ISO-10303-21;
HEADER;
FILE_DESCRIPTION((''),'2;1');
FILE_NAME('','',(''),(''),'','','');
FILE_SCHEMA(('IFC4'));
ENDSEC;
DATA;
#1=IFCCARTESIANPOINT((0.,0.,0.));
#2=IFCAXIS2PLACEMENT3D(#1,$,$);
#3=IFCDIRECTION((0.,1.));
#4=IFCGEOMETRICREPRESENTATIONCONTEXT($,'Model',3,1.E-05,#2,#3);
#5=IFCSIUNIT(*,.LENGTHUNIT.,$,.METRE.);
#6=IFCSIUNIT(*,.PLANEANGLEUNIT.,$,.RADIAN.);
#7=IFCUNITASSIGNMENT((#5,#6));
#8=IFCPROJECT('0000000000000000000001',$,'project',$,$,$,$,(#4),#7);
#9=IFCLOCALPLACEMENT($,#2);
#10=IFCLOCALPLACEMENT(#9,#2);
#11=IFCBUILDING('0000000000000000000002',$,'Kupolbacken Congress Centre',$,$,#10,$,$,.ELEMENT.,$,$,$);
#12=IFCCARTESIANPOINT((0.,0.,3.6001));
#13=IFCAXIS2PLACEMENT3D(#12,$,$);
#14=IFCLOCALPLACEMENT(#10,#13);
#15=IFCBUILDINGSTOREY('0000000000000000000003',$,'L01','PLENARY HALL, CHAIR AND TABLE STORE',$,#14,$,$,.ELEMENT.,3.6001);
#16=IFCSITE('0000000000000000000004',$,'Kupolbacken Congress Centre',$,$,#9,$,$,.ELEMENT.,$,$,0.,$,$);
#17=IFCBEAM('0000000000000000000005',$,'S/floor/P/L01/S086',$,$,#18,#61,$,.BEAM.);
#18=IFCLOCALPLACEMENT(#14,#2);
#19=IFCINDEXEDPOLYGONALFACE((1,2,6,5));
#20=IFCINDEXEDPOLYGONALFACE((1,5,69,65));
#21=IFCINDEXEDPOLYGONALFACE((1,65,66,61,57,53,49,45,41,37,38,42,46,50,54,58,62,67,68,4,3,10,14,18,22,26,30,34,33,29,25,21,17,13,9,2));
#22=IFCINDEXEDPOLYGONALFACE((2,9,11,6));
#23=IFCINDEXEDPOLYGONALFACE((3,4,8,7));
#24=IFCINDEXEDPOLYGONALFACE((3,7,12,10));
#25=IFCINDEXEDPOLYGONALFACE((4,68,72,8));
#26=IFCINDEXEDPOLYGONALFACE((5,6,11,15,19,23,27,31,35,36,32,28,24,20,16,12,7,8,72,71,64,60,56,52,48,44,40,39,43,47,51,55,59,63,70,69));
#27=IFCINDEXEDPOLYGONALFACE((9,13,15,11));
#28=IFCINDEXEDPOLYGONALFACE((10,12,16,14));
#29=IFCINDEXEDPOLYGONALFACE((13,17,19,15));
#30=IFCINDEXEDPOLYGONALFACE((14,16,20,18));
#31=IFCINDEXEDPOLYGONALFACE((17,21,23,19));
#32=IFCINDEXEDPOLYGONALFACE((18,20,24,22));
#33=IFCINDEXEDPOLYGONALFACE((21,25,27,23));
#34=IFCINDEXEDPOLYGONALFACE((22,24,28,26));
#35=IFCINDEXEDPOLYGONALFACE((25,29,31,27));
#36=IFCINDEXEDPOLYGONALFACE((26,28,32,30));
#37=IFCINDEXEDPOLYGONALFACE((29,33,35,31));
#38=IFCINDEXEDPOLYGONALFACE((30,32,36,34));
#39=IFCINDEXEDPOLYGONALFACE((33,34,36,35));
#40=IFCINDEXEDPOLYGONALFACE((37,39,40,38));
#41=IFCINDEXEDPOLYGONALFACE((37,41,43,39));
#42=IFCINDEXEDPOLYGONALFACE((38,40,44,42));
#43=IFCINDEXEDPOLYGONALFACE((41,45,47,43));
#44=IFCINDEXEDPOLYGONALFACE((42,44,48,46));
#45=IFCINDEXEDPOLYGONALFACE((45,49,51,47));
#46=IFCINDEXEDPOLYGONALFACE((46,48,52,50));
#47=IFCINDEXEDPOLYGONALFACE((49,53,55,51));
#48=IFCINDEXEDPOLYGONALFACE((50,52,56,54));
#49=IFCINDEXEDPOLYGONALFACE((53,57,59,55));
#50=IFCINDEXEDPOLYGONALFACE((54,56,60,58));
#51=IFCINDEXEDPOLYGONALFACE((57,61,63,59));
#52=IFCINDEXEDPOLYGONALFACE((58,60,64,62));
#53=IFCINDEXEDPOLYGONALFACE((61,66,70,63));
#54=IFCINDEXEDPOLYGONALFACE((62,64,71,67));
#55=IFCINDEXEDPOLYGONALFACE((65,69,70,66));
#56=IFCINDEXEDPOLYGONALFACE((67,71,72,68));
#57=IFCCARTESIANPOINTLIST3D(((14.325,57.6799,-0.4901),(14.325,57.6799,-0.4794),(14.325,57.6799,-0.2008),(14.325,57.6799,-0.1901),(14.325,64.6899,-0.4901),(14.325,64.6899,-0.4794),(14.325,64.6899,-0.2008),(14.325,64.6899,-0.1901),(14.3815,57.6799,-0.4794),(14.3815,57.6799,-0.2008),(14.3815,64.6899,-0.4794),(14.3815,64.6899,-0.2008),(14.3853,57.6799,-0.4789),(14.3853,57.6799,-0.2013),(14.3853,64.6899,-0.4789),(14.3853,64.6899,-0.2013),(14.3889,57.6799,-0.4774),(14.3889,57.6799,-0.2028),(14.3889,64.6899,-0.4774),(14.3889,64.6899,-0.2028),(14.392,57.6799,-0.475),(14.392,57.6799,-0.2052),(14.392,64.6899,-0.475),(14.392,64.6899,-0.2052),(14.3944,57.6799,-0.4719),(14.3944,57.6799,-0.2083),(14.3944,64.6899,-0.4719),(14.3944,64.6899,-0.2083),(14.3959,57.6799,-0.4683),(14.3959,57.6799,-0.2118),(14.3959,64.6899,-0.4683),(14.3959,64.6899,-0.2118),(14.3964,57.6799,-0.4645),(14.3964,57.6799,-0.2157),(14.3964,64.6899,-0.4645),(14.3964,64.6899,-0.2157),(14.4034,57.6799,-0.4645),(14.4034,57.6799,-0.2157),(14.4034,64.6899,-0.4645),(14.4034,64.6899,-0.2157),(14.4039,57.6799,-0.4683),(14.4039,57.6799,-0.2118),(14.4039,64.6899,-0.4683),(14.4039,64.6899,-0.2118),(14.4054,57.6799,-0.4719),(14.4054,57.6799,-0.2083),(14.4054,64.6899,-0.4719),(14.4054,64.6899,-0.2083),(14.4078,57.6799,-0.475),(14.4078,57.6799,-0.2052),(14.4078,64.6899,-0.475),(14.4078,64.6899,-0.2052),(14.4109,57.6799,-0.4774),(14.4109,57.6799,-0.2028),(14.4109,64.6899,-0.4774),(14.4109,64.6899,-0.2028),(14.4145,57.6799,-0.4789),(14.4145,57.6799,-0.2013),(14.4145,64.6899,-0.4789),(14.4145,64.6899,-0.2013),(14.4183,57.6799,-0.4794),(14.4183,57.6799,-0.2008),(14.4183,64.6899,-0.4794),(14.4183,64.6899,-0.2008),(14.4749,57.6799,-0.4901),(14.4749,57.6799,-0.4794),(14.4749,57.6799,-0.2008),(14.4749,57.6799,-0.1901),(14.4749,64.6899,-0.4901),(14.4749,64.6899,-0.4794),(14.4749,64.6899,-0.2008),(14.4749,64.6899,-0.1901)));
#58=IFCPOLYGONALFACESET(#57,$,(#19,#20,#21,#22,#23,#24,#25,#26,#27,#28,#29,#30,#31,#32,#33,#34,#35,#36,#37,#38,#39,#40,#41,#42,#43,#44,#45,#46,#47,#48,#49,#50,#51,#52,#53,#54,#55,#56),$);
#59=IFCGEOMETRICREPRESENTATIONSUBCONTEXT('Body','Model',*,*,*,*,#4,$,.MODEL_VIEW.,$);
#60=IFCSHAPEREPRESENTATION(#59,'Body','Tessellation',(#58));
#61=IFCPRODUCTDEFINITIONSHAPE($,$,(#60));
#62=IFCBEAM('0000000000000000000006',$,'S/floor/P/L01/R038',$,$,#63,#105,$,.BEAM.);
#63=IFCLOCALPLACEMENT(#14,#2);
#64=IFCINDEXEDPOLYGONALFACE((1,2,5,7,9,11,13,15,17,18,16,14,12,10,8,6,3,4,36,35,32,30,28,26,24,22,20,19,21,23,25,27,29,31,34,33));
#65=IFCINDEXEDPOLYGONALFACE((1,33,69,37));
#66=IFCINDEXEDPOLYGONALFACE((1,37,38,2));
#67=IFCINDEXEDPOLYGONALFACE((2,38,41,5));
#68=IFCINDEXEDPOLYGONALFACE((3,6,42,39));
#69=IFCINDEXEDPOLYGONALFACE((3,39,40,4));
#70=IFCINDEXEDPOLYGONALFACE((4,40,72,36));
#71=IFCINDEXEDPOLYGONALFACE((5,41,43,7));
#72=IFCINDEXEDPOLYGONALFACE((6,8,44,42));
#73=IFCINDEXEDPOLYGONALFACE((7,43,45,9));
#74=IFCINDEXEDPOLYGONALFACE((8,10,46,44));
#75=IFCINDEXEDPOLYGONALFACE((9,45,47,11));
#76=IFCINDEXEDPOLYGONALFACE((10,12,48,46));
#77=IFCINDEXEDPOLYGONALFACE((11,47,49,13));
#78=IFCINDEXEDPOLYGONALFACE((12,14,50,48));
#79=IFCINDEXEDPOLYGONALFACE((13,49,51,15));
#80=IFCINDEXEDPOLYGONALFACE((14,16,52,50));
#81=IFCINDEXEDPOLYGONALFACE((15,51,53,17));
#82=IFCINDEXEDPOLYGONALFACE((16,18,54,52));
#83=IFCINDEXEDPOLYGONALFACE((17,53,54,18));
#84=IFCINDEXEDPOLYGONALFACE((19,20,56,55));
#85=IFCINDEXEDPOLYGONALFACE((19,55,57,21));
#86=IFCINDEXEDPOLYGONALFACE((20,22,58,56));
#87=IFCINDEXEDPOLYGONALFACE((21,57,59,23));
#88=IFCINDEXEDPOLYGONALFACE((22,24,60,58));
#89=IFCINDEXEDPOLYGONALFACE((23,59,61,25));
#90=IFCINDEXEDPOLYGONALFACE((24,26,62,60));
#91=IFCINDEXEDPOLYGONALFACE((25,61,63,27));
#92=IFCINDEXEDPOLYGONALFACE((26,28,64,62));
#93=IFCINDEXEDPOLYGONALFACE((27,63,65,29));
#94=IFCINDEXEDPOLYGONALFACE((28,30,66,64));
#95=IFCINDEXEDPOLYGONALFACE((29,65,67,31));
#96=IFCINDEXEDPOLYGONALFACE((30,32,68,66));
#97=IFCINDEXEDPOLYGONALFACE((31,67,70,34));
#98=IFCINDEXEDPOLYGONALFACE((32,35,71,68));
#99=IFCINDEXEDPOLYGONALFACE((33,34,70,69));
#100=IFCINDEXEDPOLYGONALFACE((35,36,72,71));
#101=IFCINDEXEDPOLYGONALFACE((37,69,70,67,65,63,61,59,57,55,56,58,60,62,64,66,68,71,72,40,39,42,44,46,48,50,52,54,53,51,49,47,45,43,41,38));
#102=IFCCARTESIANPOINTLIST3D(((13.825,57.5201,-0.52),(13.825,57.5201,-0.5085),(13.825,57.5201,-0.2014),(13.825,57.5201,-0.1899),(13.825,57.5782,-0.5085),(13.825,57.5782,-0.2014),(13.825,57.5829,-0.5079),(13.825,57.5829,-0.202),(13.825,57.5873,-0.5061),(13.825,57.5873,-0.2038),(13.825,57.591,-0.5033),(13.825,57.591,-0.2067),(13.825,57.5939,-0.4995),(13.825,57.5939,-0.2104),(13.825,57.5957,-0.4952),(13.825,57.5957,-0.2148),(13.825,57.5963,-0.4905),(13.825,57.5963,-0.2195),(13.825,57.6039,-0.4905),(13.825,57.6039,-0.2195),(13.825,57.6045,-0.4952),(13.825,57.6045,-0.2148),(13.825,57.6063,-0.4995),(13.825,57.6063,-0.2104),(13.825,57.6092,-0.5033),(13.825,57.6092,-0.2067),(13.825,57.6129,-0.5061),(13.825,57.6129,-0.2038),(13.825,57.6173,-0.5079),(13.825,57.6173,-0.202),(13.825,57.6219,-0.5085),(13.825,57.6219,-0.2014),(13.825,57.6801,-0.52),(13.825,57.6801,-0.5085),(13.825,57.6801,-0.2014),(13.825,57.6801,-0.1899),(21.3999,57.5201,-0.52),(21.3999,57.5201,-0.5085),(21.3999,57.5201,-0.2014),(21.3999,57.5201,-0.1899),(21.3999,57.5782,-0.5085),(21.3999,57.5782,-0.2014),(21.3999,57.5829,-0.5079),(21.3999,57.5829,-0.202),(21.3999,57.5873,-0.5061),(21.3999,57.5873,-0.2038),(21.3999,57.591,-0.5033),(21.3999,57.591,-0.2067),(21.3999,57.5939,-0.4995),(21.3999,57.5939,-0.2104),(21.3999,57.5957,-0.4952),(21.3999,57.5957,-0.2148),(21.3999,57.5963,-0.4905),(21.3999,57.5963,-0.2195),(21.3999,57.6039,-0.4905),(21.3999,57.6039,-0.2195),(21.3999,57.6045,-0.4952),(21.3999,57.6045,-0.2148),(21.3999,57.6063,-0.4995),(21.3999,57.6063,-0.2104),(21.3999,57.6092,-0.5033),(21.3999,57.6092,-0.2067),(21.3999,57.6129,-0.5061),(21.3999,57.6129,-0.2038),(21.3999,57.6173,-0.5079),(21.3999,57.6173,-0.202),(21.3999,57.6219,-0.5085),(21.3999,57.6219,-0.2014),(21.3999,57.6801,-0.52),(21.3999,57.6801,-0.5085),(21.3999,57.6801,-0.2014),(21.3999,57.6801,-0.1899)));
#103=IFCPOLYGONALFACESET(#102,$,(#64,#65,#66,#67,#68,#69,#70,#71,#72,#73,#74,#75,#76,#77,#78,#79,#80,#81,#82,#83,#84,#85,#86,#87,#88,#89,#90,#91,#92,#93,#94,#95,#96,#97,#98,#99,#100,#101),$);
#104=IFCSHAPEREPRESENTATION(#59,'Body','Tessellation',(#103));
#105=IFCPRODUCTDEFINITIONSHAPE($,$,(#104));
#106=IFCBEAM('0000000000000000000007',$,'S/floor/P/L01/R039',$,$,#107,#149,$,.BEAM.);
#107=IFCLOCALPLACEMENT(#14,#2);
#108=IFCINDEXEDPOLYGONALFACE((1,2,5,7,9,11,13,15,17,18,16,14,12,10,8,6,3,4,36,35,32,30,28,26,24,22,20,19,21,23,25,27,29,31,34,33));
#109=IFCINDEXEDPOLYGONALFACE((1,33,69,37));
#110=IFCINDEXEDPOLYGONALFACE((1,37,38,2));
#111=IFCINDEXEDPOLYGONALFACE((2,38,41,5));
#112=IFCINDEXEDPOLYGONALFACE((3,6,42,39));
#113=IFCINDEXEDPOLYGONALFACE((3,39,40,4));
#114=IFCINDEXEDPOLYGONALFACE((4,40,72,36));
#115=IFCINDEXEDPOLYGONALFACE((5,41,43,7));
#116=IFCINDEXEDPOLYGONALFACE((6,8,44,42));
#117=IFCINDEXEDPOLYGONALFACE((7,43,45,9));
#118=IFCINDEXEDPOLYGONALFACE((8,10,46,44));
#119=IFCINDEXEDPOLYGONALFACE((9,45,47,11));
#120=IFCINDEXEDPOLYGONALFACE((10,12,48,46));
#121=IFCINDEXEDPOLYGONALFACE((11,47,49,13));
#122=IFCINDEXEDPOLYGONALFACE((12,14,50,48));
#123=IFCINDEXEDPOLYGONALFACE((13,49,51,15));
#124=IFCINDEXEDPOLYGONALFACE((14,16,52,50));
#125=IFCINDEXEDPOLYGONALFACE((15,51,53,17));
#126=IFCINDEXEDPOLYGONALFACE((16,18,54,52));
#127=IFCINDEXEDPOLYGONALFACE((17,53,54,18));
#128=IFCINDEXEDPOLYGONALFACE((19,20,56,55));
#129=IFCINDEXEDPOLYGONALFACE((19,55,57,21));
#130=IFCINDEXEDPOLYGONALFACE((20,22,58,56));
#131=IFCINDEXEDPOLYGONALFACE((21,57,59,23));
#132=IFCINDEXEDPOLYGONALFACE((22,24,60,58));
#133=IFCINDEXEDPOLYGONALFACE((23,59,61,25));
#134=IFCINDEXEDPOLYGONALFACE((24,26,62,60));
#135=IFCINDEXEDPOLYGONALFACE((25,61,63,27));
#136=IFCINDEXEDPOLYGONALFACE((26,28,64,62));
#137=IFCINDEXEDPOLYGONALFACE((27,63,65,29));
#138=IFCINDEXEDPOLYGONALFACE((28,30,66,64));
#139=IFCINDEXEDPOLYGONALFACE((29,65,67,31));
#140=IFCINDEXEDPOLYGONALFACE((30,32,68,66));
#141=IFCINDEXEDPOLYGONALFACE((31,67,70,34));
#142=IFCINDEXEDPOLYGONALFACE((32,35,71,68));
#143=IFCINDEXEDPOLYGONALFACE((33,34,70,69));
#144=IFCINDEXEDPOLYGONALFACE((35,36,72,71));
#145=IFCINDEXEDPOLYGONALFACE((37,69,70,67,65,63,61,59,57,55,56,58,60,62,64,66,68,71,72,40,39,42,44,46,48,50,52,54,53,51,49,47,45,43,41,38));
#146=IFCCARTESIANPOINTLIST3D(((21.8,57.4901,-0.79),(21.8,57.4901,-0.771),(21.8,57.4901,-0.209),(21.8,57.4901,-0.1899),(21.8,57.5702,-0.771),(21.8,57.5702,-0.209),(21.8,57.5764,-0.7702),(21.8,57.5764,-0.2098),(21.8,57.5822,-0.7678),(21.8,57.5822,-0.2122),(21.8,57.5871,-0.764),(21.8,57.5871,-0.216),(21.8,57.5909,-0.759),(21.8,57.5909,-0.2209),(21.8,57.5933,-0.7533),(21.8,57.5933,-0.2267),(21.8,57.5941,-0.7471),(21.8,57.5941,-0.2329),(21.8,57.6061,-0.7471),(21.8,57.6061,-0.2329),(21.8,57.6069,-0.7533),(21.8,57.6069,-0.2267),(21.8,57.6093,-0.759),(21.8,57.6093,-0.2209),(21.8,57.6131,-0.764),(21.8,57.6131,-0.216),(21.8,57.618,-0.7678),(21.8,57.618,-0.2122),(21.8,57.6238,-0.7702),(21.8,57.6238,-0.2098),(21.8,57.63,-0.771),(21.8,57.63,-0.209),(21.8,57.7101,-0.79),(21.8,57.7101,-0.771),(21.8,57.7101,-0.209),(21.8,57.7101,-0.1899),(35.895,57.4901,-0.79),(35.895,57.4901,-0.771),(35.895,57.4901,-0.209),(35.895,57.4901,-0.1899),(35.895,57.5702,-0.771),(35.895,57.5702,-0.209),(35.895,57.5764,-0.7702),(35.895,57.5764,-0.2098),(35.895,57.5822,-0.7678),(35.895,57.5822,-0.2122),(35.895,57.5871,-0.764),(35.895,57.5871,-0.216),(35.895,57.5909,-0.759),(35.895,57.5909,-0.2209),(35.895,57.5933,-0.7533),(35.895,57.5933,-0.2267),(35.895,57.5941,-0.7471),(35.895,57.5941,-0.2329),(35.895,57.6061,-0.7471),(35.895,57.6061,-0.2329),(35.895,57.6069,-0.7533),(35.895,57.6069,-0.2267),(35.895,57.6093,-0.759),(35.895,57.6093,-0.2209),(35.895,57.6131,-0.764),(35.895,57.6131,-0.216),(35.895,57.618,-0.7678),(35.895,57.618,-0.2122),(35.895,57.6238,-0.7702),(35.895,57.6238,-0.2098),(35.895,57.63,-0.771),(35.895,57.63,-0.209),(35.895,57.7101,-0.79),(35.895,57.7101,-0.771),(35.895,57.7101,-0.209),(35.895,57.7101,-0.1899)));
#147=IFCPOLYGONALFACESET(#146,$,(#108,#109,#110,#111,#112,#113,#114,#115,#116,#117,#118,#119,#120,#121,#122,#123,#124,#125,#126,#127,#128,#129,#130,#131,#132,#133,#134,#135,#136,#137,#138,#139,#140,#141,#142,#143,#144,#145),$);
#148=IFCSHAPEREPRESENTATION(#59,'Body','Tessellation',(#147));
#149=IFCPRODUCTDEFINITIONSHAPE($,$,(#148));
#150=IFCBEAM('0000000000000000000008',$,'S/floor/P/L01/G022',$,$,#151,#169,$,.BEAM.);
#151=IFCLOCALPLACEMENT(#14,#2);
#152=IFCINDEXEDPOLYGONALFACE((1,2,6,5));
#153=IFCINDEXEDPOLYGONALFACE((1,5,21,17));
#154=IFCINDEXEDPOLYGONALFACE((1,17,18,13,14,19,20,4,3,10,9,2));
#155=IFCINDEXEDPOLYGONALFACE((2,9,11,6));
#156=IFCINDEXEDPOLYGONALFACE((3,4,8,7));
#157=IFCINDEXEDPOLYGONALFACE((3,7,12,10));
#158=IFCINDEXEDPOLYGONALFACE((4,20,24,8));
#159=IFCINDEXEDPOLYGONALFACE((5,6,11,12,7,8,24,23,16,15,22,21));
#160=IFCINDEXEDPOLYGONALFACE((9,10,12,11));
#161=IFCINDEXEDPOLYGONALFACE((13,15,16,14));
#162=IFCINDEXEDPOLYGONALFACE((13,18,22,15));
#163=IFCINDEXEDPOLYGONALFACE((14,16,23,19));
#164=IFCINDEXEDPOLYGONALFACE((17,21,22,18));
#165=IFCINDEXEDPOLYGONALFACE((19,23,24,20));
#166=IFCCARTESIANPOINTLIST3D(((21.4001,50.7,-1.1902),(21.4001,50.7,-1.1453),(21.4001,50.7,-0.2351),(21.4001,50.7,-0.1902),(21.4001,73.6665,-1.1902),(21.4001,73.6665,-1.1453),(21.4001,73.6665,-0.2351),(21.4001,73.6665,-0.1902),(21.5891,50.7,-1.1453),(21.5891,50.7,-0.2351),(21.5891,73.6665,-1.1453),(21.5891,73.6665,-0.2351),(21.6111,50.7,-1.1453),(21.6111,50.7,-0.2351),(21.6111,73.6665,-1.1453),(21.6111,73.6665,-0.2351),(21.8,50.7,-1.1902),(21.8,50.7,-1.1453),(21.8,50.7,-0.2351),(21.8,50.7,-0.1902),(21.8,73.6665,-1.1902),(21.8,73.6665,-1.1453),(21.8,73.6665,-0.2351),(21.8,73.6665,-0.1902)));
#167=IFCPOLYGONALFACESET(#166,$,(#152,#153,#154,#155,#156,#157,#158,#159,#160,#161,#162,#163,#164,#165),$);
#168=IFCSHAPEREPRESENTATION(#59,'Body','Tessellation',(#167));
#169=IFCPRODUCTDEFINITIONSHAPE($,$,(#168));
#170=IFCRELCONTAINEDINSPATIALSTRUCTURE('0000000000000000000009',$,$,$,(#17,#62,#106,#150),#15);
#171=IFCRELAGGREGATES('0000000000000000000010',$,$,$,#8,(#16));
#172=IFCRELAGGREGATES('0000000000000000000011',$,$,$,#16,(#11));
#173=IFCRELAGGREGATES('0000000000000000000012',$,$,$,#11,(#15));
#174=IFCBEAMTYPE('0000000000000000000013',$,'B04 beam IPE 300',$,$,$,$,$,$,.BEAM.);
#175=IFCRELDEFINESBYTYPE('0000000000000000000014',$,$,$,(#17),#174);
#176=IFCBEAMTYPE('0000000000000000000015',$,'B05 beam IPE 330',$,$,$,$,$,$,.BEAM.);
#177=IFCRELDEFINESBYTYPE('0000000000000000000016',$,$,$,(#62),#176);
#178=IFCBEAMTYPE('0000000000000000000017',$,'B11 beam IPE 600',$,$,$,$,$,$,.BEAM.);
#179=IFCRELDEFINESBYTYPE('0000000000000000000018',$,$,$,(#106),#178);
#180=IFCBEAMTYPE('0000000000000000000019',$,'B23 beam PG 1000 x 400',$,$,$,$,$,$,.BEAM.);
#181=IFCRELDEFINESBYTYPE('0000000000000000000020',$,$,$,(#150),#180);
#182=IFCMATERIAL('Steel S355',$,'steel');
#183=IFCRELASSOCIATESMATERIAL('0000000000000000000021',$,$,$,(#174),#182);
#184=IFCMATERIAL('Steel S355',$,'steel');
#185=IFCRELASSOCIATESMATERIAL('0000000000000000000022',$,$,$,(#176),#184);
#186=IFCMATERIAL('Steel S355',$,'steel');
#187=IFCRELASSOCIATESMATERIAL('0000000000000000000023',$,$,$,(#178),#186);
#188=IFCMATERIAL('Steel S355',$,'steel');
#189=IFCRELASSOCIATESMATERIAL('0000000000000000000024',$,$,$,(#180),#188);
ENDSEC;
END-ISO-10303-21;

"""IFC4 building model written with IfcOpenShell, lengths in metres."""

from ifc_helpers import new_model, si_unit, direction, frame, origin, origin_2d, place, context, subcontext, project, spatial, i_section, extrude, material, material_profile, profile_set, type_object, element, save


model = new_model("IFC4")

# Units and contexts
model_context = context("Model", 3, precision=1e-05, world=origin(), true_north=direction((0.0, 1.0)))
body_context = subcontext(model_context, "Body", "Model", "MODEL_VIEW")
ifc_project = project(units=[si_unit("LENGTHUNIT", "METRE"), si_unit("PLANEANGLEUNIT", "RADIAN")], contexts=[model_context])

# Site, building, storey
site_placement = place(None, origin())
site = spatial("IfcSite", under=ifc_project, at=site_placement, Name="Kupolbacken Congress Centre", CompositionType="ELEMENT", RefElevation=0.0)
building_placement = place(site_placement, origin())
building = spatial("IfcBuilding", under=site, at=building_placement, Name="Kupolbacken Congress Centre", CompositionType="ELEMENT")
storey_placement = place(building_placement, frame((0.0, 0.0, 3.6001)))
storey = spatial("IfcBuildingStorey", under=building, at=storey_placement, Name="L01", Description="PLENARY HALL, CHAIR AND TABLE STORE", CompositionType="ELEMENT", Elevation=3.6001)

# Beams
ifc_material_1 = material(Name="Steel S355", Category="steel")
ifc_material_profile_1 = material_profile(ifc_material_1, i_section(OverallWidth=0.1499, OverallDepth=0.3, WebThickness=0.0071, FlangeThickness=0.0107, FilletRadius=0.0149, at=origin_2d()), Name="IPE 300")
ifc_profile_set_1 = profile_set([ifc_material_profile_1], Name="Steel S355")
beam_type_1 = type_object("IfcBeamType", Name="B04 beam IPE 300", PredefinedType="BEAM", material=ifc_profile_set_1)
beam_1_placement = place(storey_placement, frame((14.3999, 57.6799, -0.3401), z_axis=(0.0, 1.0, 0.0), x_axis=(-1.0, 0.0, 0.0)))
element("IfcBeam", 1, at=beam_1_placement, inside=storey, type_object=beam_type_1, Name="S/floor/P/L01/S086", PredefinedType="BEAM", context=body_context, shape_type="SweptSolid", body=[
    extrude(i_section(OverallWidth=0.1499, OverallDepth=0.3, WebThickness=0.0071, FlangeThickness=0.0107, FilletRadius=0.0149, at=origin_2d()), origin(), (0.0, 0.0, 1.0), 7.01),
])
ifc_material_2 = material(Name="Steel S355", Category="steel")
ifc_material_profile_2 = material_profile(ifc_material_2, i_section(OverallWidth=0.1599, OverallDepth=0.3301, WebThickness=0.0076, FlangeThickness=0.0115, FilletRadius=0.0181, at=origin_2d()), Name="IPE 330")
ifc_profile_set_2 = profile_set([ifc_material_profile_2], Name="Steel S355")
beam_type_2 = type_object("IfcBeamType", Name="B05 beam IPE 330", PredefinedType="BEAM", material=ifc_profile_set_2)
beam_2_placement = place(storey_placement, frame((13.825, 57.6001, -0.355), z_axis=(1.0, 0.0, 0.0), x_axis=(0.0, 1.0, 0.0)))
element("IfcBeam", 2, at=beam_2_placement, inside=storey, type_object=beam_type_2, Name="S/floor/P/L01/R038", PredefinedType="BEAM", context=body_context, shape_type="SweptSolid", body=[
    extrude(i_section(OverallWidth=0.1599, OverallDepth=0.3301, WebThickness=0.0076, FlangeThickness=0.0115, FilletRadius=0.0181, at=origin_2d()), origin(), (0.0, 0.0, 1.0), 7.575),
])
ifc_material_3 = material(Name="Steel S355", Category="steel")
ifc_material_profile_3 = material_profile(ifc_material_3, i_section(OverallWidth=0.22, OverallDepth=0.6001, WebThickness=0.012, FlangeThickness=0.019, FilletRadius=0.0239, at=origin_2d()), Name="IPE 600")
ifc_profile_set_3 = profile_set([ifc_material_profile_3], Name="Steel S355")
beam_type_3 = type_object("IfcBeamType", Name="B11 beam IPE 600", PredefinedType="BEAM", material=ifc_profile_set_3)
beam_3_placement = place(storey_placement, frame((21.8, 57.6001, -0.49), z_axis=(1.0, 0.0, 0.0), x_axis=(0.0, 1.0, 0.0)))
element("IfcBeam", 3, at=beam_3_placement, inside=storey, type_object=beam_type_3, Name="S/floor/P/L01/R039", PredefinedType="BEAM", context=body_context, shape_type="SweptSolid", body=[
    extrude(i_section(OverallWidth=0.22, OverallDepth=0.6001, WebThickness=0.012, FlangeThickness=0.019, FilletRadius=0.0239, at=origin_2d()), origin(), (0.0, 0.0, 1.0), 14.095),
])
ifc_material_4 = material(Name="Steel S355", Category="steel")
ifc_material_profile_4 = material_profile(ifc_material_4, i_section(OverallWidth=0.3999, OverallDepth=1.0, WebThickness=0.022, FlangeThickness=0.0449, at=origin_2d()), Name="PG 1000 x 400")
ifc_profile_set_4 = profile_set([ifc_material_profile_4], Name="Steel S355")
beam_type_4 = type_object("IfcBeamType", Name="B23 beam PG 1000 x 400", PredefinedType="BEAM", material=ifc_profile_set_4)
beam_4_placement = place(storey_placement, frame((21.6001, 50.7, -0.6902), z_axis=(0.0, 1.0, 0.0), x_axis=(-1.0, 0.0, 0.0)))
element("IfcBeam", 4, at=beam_4_placement, inside=storey, type_object=beam_type_4, Name="S/floor/P/L01/G022", PredefinedType="BEAM", context=body_context, shape_type="SweptSolid", body=[
    extrude(i_section(OverallWidth=0.3999, OverallDepth=1.0, WebThickness=0.022, FlangeThickness=0.0449, at=origin_2d()), origin(), (0.0, 0.0, 1.0), 22.9666),
])

save(model, "model.ifc")
